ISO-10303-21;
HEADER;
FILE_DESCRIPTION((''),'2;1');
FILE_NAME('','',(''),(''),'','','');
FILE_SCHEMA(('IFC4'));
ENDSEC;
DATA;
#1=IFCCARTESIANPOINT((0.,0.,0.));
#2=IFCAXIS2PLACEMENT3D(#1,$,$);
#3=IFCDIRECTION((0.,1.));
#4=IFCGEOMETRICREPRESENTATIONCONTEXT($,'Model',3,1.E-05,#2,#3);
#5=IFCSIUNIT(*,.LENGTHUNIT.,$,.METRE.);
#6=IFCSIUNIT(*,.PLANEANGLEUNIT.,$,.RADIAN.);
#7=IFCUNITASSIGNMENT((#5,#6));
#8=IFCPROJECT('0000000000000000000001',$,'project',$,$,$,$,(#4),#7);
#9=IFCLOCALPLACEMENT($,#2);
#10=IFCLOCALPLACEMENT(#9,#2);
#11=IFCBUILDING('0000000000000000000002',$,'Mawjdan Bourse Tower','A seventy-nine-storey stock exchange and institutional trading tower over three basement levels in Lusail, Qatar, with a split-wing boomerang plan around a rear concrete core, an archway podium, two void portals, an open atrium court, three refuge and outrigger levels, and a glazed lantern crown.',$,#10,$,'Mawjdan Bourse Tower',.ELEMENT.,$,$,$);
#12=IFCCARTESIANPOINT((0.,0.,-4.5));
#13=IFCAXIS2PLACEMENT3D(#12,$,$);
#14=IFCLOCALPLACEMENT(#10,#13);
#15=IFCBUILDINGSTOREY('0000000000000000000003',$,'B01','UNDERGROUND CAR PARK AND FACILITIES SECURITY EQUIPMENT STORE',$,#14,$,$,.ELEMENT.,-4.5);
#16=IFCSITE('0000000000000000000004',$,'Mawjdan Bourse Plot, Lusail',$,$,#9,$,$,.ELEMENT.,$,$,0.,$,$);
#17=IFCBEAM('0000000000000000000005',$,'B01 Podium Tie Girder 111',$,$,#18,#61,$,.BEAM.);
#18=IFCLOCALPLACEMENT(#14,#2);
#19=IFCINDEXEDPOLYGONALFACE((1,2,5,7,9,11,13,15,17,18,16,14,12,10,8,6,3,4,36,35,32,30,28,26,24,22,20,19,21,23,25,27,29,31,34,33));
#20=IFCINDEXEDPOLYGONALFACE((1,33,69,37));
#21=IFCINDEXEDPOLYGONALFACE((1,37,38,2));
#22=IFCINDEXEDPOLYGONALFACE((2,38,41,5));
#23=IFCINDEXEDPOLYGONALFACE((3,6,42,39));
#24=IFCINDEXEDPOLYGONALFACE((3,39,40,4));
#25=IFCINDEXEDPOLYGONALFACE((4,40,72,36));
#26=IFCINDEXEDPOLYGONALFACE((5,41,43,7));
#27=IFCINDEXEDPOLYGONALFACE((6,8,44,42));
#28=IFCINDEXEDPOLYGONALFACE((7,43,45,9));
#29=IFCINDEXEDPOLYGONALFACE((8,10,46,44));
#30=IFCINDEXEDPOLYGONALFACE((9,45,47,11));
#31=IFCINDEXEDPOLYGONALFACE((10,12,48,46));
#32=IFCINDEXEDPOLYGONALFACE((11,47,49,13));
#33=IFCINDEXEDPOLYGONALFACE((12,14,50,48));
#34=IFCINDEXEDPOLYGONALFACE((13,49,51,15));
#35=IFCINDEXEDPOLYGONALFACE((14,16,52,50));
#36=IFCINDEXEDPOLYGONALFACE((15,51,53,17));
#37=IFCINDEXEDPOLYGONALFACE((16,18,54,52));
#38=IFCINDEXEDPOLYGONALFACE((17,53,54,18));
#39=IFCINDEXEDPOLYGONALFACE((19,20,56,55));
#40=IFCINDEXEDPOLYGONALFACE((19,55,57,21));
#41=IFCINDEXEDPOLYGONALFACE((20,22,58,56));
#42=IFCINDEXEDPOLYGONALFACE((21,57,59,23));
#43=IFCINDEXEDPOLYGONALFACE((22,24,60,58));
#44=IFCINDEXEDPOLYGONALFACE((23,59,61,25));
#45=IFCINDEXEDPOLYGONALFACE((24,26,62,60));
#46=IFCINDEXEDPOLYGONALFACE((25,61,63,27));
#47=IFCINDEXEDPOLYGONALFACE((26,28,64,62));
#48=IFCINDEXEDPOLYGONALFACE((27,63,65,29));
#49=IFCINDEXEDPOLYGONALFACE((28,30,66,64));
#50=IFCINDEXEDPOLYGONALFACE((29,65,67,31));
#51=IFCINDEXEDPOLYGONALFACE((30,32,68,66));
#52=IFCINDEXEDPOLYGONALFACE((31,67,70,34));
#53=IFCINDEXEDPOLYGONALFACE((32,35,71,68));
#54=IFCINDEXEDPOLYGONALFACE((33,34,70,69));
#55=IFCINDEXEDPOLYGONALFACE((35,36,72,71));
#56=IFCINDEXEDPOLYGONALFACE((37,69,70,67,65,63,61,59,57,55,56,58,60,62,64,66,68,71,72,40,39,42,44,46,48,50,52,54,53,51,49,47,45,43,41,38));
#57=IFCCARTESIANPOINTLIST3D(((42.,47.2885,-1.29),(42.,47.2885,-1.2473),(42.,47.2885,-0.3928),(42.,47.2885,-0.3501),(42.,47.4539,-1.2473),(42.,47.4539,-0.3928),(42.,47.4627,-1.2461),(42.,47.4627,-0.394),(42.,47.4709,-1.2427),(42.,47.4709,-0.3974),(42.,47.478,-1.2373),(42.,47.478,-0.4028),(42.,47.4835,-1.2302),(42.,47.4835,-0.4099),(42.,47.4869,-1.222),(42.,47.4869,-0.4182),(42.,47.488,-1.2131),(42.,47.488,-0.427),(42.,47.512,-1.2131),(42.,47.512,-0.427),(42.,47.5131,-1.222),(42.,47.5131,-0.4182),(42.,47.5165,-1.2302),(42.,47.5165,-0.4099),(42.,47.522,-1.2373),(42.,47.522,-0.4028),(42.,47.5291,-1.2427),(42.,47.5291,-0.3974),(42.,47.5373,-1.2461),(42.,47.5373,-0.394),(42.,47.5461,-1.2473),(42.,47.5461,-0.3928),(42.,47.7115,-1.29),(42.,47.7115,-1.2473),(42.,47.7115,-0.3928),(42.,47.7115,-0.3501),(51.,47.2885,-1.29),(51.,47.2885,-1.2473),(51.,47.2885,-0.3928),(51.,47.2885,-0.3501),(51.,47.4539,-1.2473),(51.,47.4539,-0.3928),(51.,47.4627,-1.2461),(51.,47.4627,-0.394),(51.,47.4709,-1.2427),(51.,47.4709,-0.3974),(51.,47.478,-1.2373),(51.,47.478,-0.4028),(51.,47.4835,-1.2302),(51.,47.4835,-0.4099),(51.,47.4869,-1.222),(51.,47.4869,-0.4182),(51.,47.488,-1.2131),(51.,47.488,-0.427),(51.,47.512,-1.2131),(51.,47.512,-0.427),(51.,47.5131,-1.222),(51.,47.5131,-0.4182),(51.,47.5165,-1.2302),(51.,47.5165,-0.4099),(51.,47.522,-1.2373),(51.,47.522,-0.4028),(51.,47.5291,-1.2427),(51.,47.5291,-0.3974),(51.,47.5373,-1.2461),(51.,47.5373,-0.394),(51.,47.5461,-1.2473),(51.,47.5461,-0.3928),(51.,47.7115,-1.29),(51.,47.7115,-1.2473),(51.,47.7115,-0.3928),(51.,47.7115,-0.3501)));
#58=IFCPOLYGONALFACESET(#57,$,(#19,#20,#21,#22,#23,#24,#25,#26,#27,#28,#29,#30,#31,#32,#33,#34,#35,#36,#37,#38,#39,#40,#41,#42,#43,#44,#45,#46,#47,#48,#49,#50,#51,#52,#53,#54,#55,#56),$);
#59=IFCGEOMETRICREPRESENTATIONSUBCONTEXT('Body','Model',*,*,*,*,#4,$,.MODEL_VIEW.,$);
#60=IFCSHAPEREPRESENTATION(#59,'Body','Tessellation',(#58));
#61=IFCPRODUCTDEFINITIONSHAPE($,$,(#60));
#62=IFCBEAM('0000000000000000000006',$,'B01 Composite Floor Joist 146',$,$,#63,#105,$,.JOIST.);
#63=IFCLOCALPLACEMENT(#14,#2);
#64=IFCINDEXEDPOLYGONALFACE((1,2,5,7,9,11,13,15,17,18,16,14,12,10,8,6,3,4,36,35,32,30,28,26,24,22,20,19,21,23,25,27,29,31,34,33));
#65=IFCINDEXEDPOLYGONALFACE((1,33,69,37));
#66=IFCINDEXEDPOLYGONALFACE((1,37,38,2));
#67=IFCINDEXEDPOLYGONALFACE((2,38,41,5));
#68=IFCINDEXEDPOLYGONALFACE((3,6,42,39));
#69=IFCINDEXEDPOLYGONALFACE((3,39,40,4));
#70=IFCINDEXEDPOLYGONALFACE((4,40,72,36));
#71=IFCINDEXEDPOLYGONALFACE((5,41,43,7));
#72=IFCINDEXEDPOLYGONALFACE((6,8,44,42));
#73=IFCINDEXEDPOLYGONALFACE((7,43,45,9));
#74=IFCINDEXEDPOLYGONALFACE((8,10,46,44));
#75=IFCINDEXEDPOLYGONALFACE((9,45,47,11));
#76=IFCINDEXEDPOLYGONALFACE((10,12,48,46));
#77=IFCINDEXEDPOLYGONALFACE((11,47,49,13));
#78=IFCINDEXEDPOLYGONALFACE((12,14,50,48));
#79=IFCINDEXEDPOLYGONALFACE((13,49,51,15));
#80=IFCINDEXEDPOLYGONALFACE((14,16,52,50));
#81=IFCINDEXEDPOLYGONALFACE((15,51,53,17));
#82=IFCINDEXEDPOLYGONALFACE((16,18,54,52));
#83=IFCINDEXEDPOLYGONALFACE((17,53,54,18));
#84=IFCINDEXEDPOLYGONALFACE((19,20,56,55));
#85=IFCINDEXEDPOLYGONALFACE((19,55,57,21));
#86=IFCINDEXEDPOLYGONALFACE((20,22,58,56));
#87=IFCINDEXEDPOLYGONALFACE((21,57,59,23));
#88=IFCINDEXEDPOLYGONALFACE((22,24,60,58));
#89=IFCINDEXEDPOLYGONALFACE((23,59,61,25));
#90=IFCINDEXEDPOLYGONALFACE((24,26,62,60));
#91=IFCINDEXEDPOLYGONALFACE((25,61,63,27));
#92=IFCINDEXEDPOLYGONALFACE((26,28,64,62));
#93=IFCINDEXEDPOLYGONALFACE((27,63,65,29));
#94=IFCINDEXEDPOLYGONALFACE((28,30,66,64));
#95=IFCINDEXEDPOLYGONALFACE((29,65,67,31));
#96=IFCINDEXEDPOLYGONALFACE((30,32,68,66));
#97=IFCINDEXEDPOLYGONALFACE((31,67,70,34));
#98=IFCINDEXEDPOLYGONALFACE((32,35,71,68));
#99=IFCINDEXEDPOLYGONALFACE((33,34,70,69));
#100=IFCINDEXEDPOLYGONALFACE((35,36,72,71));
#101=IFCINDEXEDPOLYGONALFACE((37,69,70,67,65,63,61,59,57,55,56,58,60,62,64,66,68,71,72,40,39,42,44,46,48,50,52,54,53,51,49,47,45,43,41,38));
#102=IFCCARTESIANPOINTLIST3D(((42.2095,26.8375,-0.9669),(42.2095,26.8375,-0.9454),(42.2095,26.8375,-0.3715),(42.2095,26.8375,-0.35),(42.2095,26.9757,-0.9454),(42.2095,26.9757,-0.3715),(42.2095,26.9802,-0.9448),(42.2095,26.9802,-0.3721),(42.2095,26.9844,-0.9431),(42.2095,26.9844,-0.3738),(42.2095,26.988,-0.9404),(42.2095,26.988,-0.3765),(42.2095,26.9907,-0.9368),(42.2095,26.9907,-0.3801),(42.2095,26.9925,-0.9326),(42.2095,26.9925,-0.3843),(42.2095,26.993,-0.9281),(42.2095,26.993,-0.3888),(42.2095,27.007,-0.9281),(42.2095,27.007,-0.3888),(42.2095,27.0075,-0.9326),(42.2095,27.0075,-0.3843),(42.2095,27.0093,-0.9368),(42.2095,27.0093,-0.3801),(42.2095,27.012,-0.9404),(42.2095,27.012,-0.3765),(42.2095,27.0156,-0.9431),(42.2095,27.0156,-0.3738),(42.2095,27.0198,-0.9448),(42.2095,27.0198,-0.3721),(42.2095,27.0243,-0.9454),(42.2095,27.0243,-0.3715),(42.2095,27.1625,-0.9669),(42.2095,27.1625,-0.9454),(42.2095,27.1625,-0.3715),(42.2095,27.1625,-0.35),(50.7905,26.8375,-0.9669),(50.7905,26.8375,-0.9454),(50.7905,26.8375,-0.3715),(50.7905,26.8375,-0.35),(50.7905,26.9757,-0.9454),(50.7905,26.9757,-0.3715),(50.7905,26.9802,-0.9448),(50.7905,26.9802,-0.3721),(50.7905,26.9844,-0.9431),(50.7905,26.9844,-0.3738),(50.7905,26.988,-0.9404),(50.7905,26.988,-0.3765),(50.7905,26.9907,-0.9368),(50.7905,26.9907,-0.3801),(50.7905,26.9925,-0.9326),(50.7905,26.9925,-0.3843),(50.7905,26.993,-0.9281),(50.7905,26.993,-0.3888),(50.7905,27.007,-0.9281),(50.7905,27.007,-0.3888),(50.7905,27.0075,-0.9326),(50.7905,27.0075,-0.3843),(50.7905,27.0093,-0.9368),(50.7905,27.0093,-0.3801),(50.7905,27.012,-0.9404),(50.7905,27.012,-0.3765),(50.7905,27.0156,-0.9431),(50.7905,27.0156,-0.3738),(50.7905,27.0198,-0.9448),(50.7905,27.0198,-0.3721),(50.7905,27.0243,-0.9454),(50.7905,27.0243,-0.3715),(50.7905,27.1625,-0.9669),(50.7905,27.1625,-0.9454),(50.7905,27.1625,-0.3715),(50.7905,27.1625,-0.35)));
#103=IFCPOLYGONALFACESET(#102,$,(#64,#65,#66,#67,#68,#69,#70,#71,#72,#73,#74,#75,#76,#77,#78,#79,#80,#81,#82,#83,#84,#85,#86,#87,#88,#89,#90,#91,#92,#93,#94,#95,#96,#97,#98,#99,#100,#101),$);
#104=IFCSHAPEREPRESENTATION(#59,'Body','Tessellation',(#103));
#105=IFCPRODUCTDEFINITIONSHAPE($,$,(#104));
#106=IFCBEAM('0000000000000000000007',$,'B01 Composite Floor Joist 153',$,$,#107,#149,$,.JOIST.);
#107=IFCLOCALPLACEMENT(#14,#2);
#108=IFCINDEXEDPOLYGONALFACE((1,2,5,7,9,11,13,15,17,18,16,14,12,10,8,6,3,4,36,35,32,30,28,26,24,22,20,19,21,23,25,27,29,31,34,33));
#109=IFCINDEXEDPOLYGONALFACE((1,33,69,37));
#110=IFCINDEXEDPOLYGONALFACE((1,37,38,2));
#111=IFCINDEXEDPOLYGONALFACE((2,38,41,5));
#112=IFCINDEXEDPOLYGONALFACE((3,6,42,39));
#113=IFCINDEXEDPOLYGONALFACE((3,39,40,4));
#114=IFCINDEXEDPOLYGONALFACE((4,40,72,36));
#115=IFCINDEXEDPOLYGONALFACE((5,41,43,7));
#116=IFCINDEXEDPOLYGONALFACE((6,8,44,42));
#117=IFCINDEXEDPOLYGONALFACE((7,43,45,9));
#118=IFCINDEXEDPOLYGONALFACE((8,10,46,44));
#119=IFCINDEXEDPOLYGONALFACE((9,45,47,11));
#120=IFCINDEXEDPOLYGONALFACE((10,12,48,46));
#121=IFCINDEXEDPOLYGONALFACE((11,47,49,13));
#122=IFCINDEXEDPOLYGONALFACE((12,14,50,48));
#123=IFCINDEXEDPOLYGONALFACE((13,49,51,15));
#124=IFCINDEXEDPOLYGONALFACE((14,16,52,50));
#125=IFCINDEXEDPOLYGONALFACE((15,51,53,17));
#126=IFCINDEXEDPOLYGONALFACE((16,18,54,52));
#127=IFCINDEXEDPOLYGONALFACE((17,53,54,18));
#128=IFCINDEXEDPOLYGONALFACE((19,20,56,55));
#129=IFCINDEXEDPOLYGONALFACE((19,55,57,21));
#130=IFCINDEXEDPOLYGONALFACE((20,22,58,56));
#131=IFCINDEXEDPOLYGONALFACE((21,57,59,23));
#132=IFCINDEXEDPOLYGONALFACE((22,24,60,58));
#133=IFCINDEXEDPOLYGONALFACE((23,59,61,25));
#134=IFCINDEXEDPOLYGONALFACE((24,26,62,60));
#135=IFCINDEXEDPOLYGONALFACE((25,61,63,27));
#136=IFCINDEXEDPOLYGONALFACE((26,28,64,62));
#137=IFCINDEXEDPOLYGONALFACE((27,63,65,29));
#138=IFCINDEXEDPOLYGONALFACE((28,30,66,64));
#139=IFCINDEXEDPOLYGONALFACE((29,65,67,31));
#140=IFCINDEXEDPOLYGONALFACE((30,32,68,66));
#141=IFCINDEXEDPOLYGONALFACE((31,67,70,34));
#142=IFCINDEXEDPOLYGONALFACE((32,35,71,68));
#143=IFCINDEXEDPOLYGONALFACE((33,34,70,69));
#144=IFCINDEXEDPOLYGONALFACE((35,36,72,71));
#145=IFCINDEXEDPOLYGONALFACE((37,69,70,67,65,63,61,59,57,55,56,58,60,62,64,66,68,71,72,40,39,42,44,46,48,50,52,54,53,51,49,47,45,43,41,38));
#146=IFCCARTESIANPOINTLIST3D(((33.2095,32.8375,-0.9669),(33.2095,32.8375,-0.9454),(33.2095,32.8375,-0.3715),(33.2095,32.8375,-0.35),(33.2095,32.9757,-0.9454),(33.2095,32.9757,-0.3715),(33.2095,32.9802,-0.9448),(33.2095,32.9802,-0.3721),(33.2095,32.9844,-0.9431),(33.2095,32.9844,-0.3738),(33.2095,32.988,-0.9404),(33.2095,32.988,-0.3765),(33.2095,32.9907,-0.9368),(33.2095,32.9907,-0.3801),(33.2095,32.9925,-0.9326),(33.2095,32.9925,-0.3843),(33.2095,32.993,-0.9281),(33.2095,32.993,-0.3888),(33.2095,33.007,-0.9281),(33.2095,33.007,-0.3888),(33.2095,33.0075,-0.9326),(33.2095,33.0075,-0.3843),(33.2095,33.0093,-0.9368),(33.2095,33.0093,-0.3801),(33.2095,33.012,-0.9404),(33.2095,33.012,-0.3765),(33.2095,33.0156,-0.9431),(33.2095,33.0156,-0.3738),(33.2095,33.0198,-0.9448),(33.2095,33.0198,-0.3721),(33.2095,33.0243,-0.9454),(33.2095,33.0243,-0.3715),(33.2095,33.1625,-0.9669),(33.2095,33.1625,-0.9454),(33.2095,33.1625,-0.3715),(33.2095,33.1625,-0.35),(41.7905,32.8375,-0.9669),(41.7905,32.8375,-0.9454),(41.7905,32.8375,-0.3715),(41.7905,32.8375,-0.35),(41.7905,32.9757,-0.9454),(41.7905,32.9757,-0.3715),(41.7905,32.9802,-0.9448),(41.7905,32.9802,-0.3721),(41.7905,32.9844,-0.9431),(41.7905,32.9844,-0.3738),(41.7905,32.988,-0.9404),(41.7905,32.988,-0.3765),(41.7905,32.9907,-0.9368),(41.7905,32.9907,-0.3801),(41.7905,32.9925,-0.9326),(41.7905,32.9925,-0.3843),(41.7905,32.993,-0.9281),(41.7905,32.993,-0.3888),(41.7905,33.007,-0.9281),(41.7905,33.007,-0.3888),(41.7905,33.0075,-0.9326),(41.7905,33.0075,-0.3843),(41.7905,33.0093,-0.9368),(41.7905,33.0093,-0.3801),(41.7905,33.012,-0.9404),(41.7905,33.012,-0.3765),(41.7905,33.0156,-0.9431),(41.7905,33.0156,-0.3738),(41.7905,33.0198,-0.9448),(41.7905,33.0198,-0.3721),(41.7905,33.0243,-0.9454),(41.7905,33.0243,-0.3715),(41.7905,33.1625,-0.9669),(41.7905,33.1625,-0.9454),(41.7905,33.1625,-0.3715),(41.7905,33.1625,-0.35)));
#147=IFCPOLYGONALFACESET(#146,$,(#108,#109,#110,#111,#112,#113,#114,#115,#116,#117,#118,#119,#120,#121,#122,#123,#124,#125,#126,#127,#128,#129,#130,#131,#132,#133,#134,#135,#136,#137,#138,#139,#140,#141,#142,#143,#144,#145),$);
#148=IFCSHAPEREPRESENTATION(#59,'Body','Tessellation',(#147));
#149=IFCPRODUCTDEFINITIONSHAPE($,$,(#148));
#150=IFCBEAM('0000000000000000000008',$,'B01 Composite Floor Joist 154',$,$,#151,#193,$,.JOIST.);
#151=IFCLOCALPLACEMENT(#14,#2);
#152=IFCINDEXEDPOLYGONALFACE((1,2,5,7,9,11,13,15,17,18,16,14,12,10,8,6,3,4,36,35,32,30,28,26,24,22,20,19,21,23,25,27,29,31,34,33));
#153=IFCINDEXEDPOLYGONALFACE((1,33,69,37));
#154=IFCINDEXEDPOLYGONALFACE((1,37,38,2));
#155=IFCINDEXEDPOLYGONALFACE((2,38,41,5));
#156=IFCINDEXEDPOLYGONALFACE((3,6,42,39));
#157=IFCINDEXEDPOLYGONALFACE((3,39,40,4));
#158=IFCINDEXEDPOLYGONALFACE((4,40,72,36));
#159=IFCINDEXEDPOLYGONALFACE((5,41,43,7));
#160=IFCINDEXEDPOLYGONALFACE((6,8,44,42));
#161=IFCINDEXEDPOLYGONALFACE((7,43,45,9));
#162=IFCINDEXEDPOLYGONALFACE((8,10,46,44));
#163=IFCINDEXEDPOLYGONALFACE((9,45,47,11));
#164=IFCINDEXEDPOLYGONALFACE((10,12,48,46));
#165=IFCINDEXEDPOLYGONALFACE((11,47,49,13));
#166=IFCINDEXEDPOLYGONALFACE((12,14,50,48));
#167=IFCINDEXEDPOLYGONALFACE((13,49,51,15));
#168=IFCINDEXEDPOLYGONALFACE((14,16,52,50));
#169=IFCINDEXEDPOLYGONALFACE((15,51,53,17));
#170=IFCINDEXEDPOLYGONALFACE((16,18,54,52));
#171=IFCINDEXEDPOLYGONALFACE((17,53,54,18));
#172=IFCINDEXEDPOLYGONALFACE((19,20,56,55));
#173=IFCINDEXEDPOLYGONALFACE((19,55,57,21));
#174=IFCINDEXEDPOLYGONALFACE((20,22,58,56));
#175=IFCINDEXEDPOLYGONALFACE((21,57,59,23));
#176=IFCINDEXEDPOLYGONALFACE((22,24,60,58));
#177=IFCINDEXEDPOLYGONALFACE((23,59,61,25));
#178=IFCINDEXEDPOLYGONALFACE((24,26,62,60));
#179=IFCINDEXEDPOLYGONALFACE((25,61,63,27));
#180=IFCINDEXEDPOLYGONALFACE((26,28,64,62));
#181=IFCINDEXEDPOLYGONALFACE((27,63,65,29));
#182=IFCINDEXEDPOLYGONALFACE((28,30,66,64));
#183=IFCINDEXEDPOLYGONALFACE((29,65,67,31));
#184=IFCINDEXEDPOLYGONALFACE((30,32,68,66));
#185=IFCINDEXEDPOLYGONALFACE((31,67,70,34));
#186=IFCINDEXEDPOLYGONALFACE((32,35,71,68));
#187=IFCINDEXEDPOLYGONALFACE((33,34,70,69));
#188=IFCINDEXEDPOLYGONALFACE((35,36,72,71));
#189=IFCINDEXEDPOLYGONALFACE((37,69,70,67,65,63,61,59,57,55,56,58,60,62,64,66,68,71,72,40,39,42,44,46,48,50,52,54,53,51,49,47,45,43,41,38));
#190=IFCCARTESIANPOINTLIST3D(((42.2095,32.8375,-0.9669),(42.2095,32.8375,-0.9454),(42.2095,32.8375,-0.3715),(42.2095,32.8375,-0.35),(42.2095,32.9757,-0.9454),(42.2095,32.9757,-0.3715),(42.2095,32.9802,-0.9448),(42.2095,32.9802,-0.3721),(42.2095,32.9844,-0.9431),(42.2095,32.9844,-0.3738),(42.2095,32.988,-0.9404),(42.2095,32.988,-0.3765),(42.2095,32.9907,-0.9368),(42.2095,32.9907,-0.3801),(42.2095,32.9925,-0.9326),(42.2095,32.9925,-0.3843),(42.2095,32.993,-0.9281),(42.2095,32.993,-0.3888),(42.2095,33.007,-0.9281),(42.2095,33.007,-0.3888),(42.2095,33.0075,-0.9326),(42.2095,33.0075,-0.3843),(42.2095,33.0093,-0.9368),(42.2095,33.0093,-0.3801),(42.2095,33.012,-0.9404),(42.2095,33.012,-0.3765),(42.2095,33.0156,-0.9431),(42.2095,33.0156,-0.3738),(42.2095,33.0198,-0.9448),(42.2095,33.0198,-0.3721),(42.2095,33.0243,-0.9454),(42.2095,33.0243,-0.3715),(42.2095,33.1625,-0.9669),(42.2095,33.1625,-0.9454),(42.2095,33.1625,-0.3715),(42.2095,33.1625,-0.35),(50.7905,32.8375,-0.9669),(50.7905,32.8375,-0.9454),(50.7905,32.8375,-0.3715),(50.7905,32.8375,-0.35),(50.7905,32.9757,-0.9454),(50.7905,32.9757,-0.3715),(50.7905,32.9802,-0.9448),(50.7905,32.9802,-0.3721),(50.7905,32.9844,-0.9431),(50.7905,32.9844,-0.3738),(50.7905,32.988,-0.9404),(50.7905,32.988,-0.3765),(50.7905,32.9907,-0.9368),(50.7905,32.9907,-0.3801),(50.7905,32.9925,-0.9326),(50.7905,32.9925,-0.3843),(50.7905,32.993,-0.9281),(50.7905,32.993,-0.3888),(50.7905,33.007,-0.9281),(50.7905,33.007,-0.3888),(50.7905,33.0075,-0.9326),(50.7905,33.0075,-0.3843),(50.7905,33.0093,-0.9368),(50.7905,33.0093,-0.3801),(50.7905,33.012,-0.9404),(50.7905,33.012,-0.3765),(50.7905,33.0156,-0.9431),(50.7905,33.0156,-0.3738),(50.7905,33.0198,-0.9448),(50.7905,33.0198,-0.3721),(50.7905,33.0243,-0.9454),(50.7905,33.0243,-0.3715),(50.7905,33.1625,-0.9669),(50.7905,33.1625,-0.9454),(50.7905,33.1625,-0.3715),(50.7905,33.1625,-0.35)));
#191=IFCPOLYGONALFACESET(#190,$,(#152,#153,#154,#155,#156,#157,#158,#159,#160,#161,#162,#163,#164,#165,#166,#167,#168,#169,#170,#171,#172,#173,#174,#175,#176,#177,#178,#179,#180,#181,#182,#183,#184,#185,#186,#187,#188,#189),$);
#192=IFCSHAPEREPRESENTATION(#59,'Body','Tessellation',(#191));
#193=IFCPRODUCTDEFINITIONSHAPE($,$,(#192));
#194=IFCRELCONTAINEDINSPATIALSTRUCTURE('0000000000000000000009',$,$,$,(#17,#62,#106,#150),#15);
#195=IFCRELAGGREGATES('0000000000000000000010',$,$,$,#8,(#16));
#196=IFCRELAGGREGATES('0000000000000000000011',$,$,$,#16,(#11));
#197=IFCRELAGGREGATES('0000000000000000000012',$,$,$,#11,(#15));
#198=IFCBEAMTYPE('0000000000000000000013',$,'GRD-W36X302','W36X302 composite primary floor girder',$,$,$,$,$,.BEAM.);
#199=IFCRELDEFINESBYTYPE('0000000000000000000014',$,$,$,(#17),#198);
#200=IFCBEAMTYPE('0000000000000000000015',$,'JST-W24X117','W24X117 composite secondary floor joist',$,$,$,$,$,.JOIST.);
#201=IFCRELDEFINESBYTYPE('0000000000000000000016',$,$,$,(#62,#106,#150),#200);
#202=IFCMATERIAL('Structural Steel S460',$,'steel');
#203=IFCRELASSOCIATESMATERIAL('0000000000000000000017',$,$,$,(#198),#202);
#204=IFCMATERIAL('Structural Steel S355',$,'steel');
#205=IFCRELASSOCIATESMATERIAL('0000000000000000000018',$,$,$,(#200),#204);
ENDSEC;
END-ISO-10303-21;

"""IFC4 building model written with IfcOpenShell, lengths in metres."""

from ifc_helpers import new_model, si_unit, direction, frame, origin, origin_2d, place, context, subcontext, project, spatial, i_section, extrude, material, material_profile, profile_set, type_object, element, save


model = new_model("IFC4")

# Units and contexts
model_context = context("Model", 3, precision=1e-05, world=origin(), true_north=direction((0.0, 1.0)))
body_context = subcontext(model_context, "Body", "Model", "MODEL_VIEW")
ifc_project = project(units=[si_unit("LENGTHUNIT", "METRE"), si_unit("PLANEANGLEUNIT", "RADIAN")], contexts=[model_context])

# Site, building, storey
site_placement = place(None, origin())
site = spatial("IfcSite", under=ifc_project, at=site_placement, Name="Mawjdan Bourse Plot, Lusail", CompositionType="ELEMENT", RefElevation=0.0)
building_placement = place(site_placement, origin())
building = spatial("IfcBuilding", under=site, at=building_placement, Name="Mawjdan Bourse Tower", Description="A seventy-nine-storey stock exchange and institutional trading tower over three basement levels in Lusail, Qatar, with a split-wing boomerang plan around a rear concrete core, an archway podium, two void portals, an open atrium court, three refuge and outrigger levels, and a glazed lantern crown.", LongName="Mawjdan Bourse Tower", CompositionType="ELEMENT")
storey_placement = place(building_placement, frame((0.0, 0.0, -4.5)))
storey = spatial("IfcBuildingStorey", under=building, at=storey_placement, Name="B01", Description="UNDERGROUND CAR PARK AND FACILITIES SECURITY EQUIPMENT STORE", CompositionType="ELEMENT", Elevation=-4.5)

# Beams
ifc_material_1 = material(Name="Structural Steel S460", Category="steel")
ifc_material_profile_1 = material_profile(ifc_material_1, i_section(OverallWidth=0.4231, OverallDepth=0.9399, WebThickness=0.0239, FlangeThickness=0.0427, FilletRadius=0.0342, at=origin_2d()), Name="W36X302")
ifc_profile_set_1 = profile_set([ifc_material_profile_1], Name="Structural Steel S460")
beam_type_1 = type_object("IfcBeamType", Name="GRD-W36X302", Description="W36X302 composite primary floor girder", PredefinedType="BEAM", material=ifc_profile_set_1)
for number, where, z_axis, x_axis, name in (
    (1, (42.0, 47.5, -0.8201), (1.0, 0.0, 0.0), (0.0, 1.0, 0.0), "B01 Podium Tie Girder 111"),
):
    element("IfcBeam", number, at=place(storey_placement, frame(where, z_axis=z_axis, x_axis=x_axis)), inside=storey, type_object=beam_type_1, Name=name, PredefinedType="BEAM", context=body_context, shape_type="SweptSolid", body=[
        extrude(i_section(OverallWidth=0.4231, OverallDepth=0.9399, WebThickness=0.0239, FlangeThickness=0.0427, FilletRadius=0.0342, at=origin_2d()), origin(), (0.0, 0.0, 1.0), 9.0),
    ])
ifc_material_2 = material(Name="Structural Steel S355", Category="steel")
ifc_material_profile_2 = material_profile(ifc_material_2, i_section(OverallWidth=0.325, OverallDepth=0.6169, WebThickness=0.0139, FlangeThickness=0.0215, FilletRadius=0.0173, at=origin_2d()), Name="W24X117")
ifc_profile_set_2 = profile_set([ifc_material_profile_2], Name="Structural Steel S355")
beam_type_2 = type_object("IfcBeamType", Name="JST-W24X117", Description="W24X117 composite secondary floor joist", PredefinedType="JOIST", material=ifc_profile_set_2)
for number, where, z_axis, x_axis, name in (
    (2, (42.2095, 27.0, -0.6584), (1.0, 0.0, 0.0), (0.0, 1.0, 0.0), "B01 Composite Floor Joist 146"),
    (3, (33.2095, 33.0, -0.6584), (1.0, 0.0, 0.0), (0.0, 1.0, 0.0), "B01 Composite Floor Joist 153"),
    (4, (42.2095, 33.0, -0.6584), (1.0, 0.0, 0.0), (0.0, 1.0, 0.0), "B01 Composite Floor Joist 154"),
):
    element("IfcBeam", number, at=place(storey_placement, frame(where, z_axis=z_axis, x_axis=x_axis)), inside=storey, type_object=beam_type_2, Name=name, PredefinedType="JOIST", context=body_context, shape_type="SweptSolid", body=[
        extrude(i_section(OverallWidth=0.325, OverallDepth=0.6169, WebThickness=0.0139, FlangeThickness=0.0215, FilletRadius=0.0173, at=origin_2d()), origin(), (0.0, 0.0, 1.0), 8.5811),
    ])

save(model, "model.ifc")
